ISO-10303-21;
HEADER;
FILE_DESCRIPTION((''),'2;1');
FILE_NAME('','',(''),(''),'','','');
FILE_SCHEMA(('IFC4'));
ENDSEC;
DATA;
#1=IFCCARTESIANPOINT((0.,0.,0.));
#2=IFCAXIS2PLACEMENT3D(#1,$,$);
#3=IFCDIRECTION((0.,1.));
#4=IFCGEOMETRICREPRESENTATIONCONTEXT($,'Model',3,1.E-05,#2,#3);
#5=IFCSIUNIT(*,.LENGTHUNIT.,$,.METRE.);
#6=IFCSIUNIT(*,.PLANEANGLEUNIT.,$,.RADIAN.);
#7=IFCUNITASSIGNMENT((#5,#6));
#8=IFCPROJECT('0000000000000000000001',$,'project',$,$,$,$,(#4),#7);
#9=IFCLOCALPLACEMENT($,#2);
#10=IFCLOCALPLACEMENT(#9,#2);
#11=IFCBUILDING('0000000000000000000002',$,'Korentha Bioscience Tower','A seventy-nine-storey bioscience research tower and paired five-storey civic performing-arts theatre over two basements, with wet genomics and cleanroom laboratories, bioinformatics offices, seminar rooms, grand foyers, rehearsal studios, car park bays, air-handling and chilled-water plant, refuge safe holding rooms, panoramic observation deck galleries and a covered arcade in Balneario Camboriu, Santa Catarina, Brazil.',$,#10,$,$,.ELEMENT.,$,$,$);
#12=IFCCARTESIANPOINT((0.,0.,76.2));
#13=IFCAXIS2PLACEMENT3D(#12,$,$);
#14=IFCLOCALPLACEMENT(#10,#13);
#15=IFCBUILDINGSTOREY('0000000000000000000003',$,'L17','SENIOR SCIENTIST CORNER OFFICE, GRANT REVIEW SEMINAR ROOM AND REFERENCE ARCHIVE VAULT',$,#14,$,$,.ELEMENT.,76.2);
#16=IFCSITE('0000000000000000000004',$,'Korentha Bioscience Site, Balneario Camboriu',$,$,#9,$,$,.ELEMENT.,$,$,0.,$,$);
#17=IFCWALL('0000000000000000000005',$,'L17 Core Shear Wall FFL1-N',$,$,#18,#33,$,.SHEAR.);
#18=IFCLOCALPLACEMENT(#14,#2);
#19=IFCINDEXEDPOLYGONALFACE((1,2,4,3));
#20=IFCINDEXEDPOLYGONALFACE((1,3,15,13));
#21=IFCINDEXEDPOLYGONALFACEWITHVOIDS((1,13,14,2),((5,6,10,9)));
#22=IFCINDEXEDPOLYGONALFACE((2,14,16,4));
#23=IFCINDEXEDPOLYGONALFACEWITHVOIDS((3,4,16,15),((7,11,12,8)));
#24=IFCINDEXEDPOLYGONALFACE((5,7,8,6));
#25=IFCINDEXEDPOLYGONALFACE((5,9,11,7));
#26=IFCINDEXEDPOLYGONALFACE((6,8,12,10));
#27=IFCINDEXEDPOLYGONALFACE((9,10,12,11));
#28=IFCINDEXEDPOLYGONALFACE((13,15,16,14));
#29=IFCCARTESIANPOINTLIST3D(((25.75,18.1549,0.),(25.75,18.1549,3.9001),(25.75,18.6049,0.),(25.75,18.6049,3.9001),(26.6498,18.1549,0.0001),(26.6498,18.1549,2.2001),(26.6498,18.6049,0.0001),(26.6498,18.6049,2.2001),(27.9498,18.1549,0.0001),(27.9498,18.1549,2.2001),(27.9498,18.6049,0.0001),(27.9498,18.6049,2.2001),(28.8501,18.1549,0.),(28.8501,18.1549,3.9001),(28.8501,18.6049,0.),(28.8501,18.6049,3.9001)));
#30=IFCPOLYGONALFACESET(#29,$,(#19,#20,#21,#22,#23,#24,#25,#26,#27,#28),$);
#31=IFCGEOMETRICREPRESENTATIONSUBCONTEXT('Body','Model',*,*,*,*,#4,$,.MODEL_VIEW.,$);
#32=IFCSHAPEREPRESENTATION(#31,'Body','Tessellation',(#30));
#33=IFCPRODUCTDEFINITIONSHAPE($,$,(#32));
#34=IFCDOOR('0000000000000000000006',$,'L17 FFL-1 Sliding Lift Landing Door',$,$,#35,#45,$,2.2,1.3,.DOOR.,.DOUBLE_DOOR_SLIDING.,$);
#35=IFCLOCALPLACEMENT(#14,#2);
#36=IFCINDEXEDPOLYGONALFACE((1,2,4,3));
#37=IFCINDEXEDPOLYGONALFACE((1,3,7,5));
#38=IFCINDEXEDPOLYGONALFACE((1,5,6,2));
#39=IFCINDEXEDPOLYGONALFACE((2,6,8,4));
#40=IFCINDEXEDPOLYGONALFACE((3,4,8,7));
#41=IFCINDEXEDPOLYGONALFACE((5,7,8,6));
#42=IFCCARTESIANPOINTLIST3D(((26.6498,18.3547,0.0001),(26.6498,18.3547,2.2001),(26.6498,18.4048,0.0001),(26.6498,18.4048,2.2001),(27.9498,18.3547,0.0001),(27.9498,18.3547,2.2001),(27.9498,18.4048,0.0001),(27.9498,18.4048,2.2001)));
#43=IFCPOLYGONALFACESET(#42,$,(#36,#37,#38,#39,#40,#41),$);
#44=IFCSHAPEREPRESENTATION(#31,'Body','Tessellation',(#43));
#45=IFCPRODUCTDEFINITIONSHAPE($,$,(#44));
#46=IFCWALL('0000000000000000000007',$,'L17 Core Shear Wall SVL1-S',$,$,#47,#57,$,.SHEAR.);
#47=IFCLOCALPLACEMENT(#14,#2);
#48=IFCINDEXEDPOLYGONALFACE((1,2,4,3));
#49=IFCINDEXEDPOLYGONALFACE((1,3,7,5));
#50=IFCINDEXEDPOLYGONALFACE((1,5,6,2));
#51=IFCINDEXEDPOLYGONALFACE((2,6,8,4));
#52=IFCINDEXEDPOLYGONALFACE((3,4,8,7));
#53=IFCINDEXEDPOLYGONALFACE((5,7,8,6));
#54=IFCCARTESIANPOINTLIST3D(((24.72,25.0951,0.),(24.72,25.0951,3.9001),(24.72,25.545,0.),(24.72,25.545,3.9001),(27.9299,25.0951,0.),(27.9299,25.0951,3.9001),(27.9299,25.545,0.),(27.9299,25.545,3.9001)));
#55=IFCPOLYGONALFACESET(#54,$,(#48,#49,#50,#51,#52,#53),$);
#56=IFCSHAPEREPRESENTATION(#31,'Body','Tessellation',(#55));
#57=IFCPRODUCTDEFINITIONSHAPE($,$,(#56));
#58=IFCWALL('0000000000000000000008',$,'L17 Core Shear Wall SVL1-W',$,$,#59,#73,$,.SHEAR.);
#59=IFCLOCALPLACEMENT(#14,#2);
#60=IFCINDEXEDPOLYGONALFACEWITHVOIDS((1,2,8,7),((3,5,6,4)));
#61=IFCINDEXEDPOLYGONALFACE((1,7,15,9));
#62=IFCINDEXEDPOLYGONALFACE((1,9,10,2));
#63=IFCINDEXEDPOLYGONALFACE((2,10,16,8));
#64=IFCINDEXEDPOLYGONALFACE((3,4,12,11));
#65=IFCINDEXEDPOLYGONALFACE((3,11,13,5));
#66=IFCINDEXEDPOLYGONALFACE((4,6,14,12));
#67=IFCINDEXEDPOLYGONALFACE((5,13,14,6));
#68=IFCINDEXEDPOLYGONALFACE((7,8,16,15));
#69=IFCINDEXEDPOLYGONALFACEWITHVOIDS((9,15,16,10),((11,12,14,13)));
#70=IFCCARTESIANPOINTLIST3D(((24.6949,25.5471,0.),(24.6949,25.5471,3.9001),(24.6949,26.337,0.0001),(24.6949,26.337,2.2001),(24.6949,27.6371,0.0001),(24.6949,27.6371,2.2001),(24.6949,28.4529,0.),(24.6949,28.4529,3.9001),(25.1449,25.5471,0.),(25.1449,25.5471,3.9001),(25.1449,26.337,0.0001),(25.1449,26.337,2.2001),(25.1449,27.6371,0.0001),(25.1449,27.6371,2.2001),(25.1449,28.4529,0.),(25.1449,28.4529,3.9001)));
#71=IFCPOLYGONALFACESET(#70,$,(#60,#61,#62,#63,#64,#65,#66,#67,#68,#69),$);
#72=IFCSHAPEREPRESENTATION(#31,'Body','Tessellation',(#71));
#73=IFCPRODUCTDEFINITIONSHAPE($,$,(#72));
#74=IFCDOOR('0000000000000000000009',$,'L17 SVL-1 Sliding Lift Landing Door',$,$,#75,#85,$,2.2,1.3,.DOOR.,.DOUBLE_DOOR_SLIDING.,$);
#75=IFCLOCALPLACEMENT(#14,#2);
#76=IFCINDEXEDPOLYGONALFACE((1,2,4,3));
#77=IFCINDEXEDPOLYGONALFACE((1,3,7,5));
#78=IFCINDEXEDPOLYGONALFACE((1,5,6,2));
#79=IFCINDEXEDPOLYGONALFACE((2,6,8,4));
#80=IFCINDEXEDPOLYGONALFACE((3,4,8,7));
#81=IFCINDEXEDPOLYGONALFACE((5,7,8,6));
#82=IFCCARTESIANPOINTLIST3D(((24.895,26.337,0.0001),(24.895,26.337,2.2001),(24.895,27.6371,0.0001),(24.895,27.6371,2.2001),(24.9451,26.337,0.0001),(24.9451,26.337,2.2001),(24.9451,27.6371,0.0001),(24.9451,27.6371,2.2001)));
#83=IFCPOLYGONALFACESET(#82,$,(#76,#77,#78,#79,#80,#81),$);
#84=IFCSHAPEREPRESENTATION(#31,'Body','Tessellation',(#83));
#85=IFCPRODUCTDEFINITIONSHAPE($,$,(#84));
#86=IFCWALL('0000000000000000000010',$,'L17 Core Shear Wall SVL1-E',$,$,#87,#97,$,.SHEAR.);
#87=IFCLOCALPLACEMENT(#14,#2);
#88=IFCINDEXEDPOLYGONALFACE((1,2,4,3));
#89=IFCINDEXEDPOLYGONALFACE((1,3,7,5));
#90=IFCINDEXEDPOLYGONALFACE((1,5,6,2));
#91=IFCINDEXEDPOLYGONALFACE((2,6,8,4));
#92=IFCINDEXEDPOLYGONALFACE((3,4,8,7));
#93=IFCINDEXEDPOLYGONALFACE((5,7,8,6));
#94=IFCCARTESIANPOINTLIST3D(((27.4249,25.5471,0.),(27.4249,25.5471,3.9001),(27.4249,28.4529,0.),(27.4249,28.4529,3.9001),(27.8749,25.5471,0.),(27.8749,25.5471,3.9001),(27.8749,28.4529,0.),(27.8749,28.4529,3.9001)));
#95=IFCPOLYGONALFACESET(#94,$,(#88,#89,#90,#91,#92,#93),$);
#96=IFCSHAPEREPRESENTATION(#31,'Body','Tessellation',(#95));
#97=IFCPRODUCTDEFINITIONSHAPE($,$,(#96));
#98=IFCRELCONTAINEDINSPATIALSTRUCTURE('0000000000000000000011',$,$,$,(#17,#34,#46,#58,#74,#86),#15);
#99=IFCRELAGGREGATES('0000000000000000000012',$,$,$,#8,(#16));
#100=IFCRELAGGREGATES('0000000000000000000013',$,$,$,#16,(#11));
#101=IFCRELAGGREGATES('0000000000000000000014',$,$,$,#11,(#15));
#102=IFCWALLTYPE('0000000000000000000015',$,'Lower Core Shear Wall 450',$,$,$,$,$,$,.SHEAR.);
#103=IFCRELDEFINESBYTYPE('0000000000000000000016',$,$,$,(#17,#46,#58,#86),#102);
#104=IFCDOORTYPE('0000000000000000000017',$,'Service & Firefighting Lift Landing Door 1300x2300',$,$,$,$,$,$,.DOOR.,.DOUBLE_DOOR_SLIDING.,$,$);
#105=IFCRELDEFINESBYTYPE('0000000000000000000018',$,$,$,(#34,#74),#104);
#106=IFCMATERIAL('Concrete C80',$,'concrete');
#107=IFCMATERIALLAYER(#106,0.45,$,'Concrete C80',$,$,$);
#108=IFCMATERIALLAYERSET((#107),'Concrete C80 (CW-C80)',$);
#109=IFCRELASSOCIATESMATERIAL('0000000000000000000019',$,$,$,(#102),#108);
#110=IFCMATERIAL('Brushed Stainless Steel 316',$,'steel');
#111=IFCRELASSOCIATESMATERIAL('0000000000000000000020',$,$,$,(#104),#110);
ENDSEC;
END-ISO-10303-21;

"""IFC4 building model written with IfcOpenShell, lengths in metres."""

from ifc_helpers import new_model, si_unit, direction, frame, frame_2d, origin, place, context, subcontext, project, spatial, rectangle, extrude, material, layer, layer_set, type_object, element, fill, save


model = new_model("IFC4")

# Units and contexts
model_context = context("Model", 3, precision=1e-05, world=origin(), true_north=direction((0.0, 1.0)))
body_context = subcontext(model_context, "Body", "Model", "MODEL_VIEW")
ifc_project = project(units=[si_unit("LENGTHUNIT", "METRE"), si_unit("PLANEANGLEUNIT", "RADIAN")], contexts=[model_context])

# Site, building, storey
site_placement = place(None, origin())
site = spatial("IfcSite", under=ifc_project, at=site_placement, Name="Korentha Bioscience Site, Balneario Camboriu", CompositionType="ELEMENT", RefElevation=0.0)
building_placement = place(site_placement, origin())
building = spatial("IfcBuilding", under=site, at=building_placement, Name="Korentha Bioscience Tower", Description="A seventy-nine-storey bioscience research tower and paired five-storey civic performing-arts theatre over two basements, with wet genomics and cleanroom laboratories, bioinformatics offices, seminar rooms, grand foyers, rehearsal studios, car park bays, air-handling and chilled-water plant, refuge safe holding rooms, panoramic observation deck galleries and a covered arcade in Balneario Camboriu, Santa Catarina, Brazil.", CompositionType="ELEMENT")
storey_placement = place(building_placement, frame((0.0, 0.0, 76.2)))
storey = spatial("IfcBuildingStorey", under=building, at=storey_placement, Name="L17", Description="SENIOR SCIENTIST CORNER OFFICE, GRANT REVIEW SEMINAR ROOM AND REFERENCE ARCHIVE VAULT", CompositionType="ELEMENT", Elevation=76.2)

# Shared definitions
ifc_material_1 = material(Name="Concrete C80", Category="concrete")
ifc_layer_1 = layer(ifc_material_1, 0.45, Name="Concrete C80")
ifc_layer_set_1 = layer_set([ifc_layer_1], Name="Concrete C80 (CW-C80)")
wall_type_1 = type_object("IfcWallType", Name="Lower Core Shear Wall 450", PredefinedType="SHEAR", material=ifc_layer_set_1)

# Wall, opening, door
wall_1_placement = place(storey_placement, frame((25.75, 18.3799, 0.0), z_axis=(0.0, 0.0, 1.0), x_axis=(1.0, 0.0, 0.0)))
wall_1 = element("IfcWall", 1, at=wall_1_placement, inside=storey, type_object=wall_type_1, Name="L17 Core Shear Wall FFL1-N", PredefinedType="SHEAR", context=body_context, shape_type="SweptSolid", body=[
    extrude(rectangle(XDim=3.1001, YDim=0.45, at=frame_2d((1.55, 0.0))), origin(), (0.0, 0.0, 1.0), 3.9001),
])
opening_1_placement = place(wall_1_placement, frame((0.8999, 0.0, 0.0)))
opening_1 = element("IfcOpeningElement", 2, at=opening_1_placement, cuts=wall_1, PredefinedType="OPENING", context=body_context, shape_type="SweptSolid", body=[
    extrude(rectangle(XDim=1.3, YDim=2.2, at=frame_2d((0.6499, 1.1001))), frame((0.0, 0.2397, 0.0), z_axis=(0.0, -1.0, 0.0), x_axis=(1.0, 0.0, 0.0)), (0.0, 0.0, 1.0), 0.4797),
])
ifc_material_2 = material(Name="Brushed Stainless Steel 316", Category="steel")
door_type_1 = type_object("IfcDoorType", Name="Service & Firefighting Lift Landing Door 1300x2300", OperationType="DOUBLE_DOOR_SLIDING", PredefinedType="DOOR", material=ifc_material_2)
door_1_placement = place(opening_1_placement, origin())
door_1 = element("IfcDoor", 3, at=door_1_placement, inside=storey, type_object=door_type_1, Name="L17 FFL-1 Sliding Lift Landing Door", OperationType="DOUBLE_DOOR_SLIDING", OverallHeight=2.2, OverallWidth=1.3, PredefinedType="DOOR", context=body_context, shape_type="SweptSolid", body=[
    extrude(rectangle(XDim=1.3, YDim=2.2, at=frame_2d((0.6499, 1.1001))), frame((0.0, 0.0249, 0.0), z_axis=(0.0, -1.0, 0.0), x_axis=(1.0, 0.0, 0.0)), (0.0, 0.0, 1.0), 0.05),
])
fill(opening_1, door_1)

# Wall
wall_2_placement = place(storey_placement, frame((24.72, 25.3201, 0.0), z_axis=(0.0, 0.0, 1.0), x_axis=(1.0, 0.0, 0.0)))
element("IfcWall", 4, at=wall_2_placement, inside=storey, type_object=wall_type_1, Name="L17 Core Shear Wall SVL1-S", PredefinedType="SHEAR", context=body_context, shape_type="SweptSolid", body=[
    extrude(rectangle(XDim=3.21, YDim=0.45, at=frame_2d((1.605, 0.0))), origin(), (0.0, 0.0, 1.0), 3.9001),
])

# Wall, opening, door
wall_3_placement = place(storey_placement, frame((24.9199, 25.5471, 0.0), z_axis=(0.0, 0.0, 1.0), x_axis=(0.0, 1.0, 0.0)))
wall_3 = element("IfcWall", 5, at=wall_3_placement, inside=storey, type_object=wall_type_1, Name="L17 Core Shear Wall SVL1-W", PredefinedType="SHEAR", context=body_context, shape_type="SweptSolid", body=[
    extrude(rectangle(XDim=2.9058, YDim=0.45, at=frame_2d((1.4529, 0.0))), origin(), (0.0, 0.0, 1.0), 3.9001),
])
opening_2_placement = place(wall_3_placement, frame((0.79, 0.0, 0.0)))
opening_2 = element("IfcOpeningElement", 6, at=opening_2_placement, cuts=wall_3, PredefinedType="OPENING", context=body_context, shape_type="SweptSolid", body=[
    extrude(rectangle(XDim=1.3, YDim=2.2, at=frame_2d((0.6499, 1.1001))), frame((0.0, 0.2397, 0.0), z_axis=(0.0, -1.0, 0.0), x_axis=(1.0, 0.0, 0.0)), (0.0, 0.0, 1.0), 0.4797),
])
door_2_placement = place(opening_2_placement, origin())
door_2 = element("IfcDoor", 7, at=door_2_placement, inside=storey, type_object=door_type_1, Name="L17 SVL-1 Sliding Lift Landing Door", OperationType="DOUBLE_DOOR_SLIDING", OverallHeight=2.2, OverallWidth=1.3, PredefinedType="DOOR", context=body_context, shape_type="SweptSolid", body=[
    extrude(rectangle(XDim=1.3, YDim=2.2, at=frame_2d((0.6499, 1.1001))), frame((0.0, 0.0249, 0.0), z_axis=(0.0, -1.0, 0.0), x_axis=(1.0, 0.0, 0.0)), (0.0, 0.0, 1.0), 0.05),
])
fill(opening_2, door_2)

# Wall
wall_4_placement = place(storey_placement, frame((27.6499, 25.5471, 0.0), z_axis=(0.0, 0.0, 1.0), x_axis=(0.0, 1.0, 0.0)))
element("IfcWall", 8, at=wall_4_placement, inside=storey, type_object=wall_type_1, Name="L17 Core Shear Wall SVL1-E", PredefinedType="SHEAR", context=body_context, shape_type="SweptSolid", body=[
    extrude(rectangle(XDim=2.9058, YDim=0.45, at=frame_2d((1.4529, 0.0))), origin(), (0.0, 0.0, 1.0), 3.9001),
])

save(model, "model.ifc")
